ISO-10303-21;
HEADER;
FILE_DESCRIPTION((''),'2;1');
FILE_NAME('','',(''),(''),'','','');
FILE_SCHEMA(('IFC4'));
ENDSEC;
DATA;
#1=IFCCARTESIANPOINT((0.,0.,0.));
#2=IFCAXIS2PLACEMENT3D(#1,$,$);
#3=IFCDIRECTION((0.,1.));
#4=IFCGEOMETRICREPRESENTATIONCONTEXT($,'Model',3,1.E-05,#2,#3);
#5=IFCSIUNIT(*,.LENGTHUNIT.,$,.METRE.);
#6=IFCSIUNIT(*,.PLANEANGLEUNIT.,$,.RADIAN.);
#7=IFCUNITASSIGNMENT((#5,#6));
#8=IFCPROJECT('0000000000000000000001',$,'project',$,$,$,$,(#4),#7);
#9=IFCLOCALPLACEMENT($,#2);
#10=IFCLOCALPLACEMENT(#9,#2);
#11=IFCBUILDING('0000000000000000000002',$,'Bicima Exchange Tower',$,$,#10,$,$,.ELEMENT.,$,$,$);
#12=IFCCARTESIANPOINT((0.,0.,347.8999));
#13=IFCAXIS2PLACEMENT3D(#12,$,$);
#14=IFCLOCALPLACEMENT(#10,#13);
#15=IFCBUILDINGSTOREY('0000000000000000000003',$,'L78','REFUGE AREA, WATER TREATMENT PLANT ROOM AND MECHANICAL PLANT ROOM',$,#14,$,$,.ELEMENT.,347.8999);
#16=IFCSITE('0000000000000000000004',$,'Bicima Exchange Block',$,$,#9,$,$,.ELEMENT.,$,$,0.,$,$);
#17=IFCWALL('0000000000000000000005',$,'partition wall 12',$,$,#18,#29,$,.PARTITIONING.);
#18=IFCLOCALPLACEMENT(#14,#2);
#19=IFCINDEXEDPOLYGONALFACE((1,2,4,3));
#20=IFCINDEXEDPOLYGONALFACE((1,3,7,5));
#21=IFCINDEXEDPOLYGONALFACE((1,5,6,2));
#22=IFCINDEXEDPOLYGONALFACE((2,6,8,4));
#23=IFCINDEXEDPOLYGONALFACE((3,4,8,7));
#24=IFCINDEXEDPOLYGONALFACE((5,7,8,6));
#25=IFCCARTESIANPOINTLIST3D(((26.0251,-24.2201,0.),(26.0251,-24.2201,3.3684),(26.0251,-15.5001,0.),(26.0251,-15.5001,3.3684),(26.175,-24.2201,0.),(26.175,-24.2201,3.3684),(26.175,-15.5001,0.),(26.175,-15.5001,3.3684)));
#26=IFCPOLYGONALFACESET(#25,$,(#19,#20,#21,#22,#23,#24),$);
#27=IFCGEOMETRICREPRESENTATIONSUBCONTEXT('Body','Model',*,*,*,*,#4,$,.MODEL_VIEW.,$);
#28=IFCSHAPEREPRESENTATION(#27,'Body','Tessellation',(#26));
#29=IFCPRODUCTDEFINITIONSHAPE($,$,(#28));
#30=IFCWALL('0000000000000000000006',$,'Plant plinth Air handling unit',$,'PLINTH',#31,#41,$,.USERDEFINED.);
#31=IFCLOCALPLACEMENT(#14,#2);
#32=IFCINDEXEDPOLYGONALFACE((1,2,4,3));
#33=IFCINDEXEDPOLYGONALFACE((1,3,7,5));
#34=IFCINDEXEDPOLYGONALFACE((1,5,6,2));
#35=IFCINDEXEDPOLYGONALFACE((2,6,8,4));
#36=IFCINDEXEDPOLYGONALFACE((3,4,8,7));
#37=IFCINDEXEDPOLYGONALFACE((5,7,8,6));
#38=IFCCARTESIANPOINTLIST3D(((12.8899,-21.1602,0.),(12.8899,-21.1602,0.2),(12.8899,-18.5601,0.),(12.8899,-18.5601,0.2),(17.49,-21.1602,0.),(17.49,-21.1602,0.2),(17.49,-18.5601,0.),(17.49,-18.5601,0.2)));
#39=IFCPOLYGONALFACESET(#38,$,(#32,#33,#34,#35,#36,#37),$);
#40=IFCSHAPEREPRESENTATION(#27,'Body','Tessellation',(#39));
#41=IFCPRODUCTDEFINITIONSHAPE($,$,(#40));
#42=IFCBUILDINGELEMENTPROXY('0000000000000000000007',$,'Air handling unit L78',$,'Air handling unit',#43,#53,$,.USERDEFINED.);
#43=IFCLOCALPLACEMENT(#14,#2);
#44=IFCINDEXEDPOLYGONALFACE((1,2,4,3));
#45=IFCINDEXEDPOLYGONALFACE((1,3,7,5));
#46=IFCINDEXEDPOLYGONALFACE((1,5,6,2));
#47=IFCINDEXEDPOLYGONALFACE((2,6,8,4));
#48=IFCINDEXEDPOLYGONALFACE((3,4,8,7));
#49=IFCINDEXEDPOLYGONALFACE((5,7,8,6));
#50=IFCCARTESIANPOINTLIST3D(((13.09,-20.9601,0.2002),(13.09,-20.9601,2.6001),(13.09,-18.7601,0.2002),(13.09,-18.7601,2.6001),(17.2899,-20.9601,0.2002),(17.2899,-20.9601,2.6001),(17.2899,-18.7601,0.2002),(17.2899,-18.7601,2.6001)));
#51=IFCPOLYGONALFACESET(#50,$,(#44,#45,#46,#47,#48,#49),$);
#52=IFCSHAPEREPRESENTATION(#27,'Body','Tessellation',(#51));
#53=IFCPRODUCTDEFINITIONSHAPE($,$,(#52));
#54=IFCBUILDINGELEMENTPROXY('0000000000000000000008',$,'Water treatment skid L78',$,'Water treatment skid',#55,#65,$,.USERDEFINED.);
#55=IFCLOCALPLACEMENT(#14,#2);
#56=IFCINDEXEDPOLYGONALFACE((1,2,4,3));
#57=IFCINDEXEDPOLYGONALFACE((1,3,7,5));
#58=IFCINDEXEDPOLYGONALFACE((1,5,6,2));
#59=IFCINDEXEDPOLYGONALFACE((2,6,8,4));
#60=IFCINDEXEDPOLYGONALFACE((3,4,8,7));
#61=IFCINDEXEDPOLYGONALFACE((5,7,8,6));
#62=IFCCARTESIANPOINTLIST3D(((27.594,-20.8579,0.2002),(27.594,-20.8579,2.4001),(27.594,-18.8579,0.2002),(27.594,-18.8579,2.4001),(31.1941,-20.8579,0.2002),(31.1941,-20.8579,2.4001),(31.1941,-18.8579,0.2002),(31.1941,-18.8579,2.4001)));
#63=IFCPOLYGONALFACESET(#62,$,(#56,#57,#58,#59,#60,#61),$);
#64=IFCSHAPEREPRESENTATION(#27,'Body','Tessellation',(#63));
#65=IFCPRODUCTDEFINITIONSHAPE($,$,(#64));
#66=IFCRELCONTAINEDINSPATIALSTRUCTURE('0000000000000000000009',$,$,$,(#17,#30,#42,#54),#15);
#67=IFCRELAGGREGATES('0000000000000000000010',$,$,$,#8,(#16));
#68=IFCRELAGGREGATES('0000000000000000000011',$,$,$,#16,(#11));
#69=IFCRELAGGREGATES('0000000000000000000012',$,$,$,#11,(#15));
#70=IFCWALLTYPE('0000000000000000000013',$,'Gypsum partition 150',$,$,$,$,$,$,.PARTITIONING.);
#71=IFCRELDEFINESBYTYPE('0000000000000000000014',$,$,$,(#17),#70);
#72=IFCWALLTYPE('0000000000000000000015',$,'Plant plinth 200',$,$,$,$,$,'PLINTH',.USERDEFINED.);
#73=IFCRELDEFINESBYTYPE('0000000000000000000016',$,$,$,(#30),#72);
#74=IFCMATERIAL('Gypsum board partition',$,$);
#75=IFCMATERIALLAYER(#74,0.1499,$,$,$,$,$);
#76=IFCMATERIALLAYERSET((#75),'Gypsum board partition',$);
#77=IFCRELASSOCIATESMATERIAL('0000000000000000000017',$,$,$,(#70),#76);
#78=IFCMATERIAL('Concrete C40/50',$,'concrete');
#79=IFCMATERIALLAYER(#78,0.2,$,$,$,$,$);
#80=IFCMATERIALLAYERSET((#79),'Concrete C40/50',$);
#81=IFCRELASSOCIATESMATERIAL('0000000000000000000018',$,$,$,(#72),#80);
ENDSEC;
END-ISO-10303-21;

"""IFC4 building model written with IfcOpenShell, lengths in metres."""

from ifc_helpers import new_model, si_unit, direction, frame, frame_2d, origin, origin_2d, place, context, subcontext, project, spatial, rectangle, extrude, material, layer, layer_set, type_object, element, save


model = new_model("IFC4")

# Units and contexts
model_context = context("Model", 3, precision=1e-05, world=origin(), true_north=direction((0.0, 1.0)))
body_context = subcontext(model_context, "Body", "Model", "MODEL_VIEW")
ifc_project = project(units=[si_unit("LENGTHUNIT", "METRE"), si_unit("PLANEANGLEUNIT", "RADIAN")], contexts=[model_context])

# Site, building, storey
site_placement = place(None, origin())
site = spatial("IfcSite", under=ifc_project, at=site_placement, Name="Bicima Exchange Block", CompositionType="ELEMENT", RefElevation=0.0)
building_placement = place(site_placement, origin())
building = spatial("IfcBuilding", under=site, at=building_placement, Name="Bicima Exchange Tower", CompositionType="ELEMENT")
storey_placement = place(building_placement, frame((0.0, 0.0, 347.8999)))
storey = spatial("IfcBuildingStorey", under=building, at=storey_placement, Name="L78", Description="REFUGE AREA, WATER TREATMENT PLANT ROOM AND MECHANICAL PLANT ROOM", CompositionType="ELEMENT", Elevation=347.8999)

# Shared definitions
ifc_material_1 = material(Name="Gypsum board partition")

# Walls
ifc_layer_1 = layer(ifc_material_1, 0.1499)
ifc_layer_set_1 = layer_set([ifc_layer_1], Name="Gypsum board partition")
wall_type_1 = type_object("IfcWallType", Name="Gypsum partition 150", PredefinedType="PARTITIONING", material=ifc_layer_set_1)
for number, where, z_axis, x_axis, name in (
    (1, (26.1001, -24.22, 0.0), (0.0, 0.0, 1.0), (0.0, 1.0, 0.0), "partition wall 12"),
):
    element("IfcWall", number, at=place(storey_placement, frame(where, z_axis=z_axis, x_axis=x_axis)), inside=storey, type_object=wall_type_1, Name=name, PredefinedType="PARTITIONING", context=body_context, shape_type="SweptSolid", body=[
        extrude(rectangle(XDim=8.72, YDim=0.1499, at=frame_2d((4.3599, 0.0))), origin(), (0.0, 0.0, 1.0), 3.3684),
    ])
ifc_material_2 = material(Name="Concrete C40/50", Category="concrete")
ifc_layer_2 = layer(ifc_material_2, 0.2)
ifc_layer_set_2 = layer_set([ifc_layer_2], Name="Concrete C40/50")
wall_type_2 = type_object("IfcWallType", Name="Plant plinth 200", ElementType="PLINTH", PredefinedType="USERDEFINED", material=ifc_layer_set_2)
wall_1_placement = place(storey_placement, frame((15.1899, -19.8601, 0.0), z_axis=(0.0, 0.0, 1.0), x_axis=(1.0, 0.0, 0.0)))
element("IfcWall", 2, at=wall_1_placement, inside=storey, type_object=wall_type_2, Name="Plant plinth Air handling unit", ObjectType="PLINTH", PredefinedType="USERDEFINED", context=body_context, shape_type="SweptSolid", body=[
    extrude(rectangle(XDim=4.6001, YDim=2.6001, at=origin_2d()), origin(), (0.0, 0.0, 1.0), 0.2),
])

# Building element proxies
proxy_1_placement = place(storey_placement, frame((15.1899, -19.8601, 0.2002), z_axis=(0.0, 0.0, 1.0), x_axis=(1.0, 0.0, 0.0)))
element("IfcBuildingElementProxy", 3, at=proxy_1_placement, inside=storey, Name="Air handling unit L78", ObjectType="Air handling unit", PredefinedType="USERDEFINED", context=body_context, shape_type="SweptSolid", body=[
    extrude(rectangle(XDim=4.2, YDim=2.2, at=origin_2d()), origin(), (0.0, 0.0, 1.0), 2.3999),
])
proxy_2_placement = place(storey_placement, frame((29.394, -19.8579, 0.2002), z_axis=(0.0, 0.0, 1.0), x_axis=(1.0, 0.0, 0.0)))
element("IfcBuildingElementProxy", 4, at=proxy_2_placement, inside=storey, Name="Water treatment skid L78", ObjectType="Water treatment skid", PredefinedType="USERDEFINED", context=body_context, shape_type="SweptSolid", body=[
    extrude(rectangle(XDim=3.6001, YDim=2.0, at=origin_2d()), origin(), (0.0, 0.0, 1.0), 2.2),
])

save(model, "model.ifc")
